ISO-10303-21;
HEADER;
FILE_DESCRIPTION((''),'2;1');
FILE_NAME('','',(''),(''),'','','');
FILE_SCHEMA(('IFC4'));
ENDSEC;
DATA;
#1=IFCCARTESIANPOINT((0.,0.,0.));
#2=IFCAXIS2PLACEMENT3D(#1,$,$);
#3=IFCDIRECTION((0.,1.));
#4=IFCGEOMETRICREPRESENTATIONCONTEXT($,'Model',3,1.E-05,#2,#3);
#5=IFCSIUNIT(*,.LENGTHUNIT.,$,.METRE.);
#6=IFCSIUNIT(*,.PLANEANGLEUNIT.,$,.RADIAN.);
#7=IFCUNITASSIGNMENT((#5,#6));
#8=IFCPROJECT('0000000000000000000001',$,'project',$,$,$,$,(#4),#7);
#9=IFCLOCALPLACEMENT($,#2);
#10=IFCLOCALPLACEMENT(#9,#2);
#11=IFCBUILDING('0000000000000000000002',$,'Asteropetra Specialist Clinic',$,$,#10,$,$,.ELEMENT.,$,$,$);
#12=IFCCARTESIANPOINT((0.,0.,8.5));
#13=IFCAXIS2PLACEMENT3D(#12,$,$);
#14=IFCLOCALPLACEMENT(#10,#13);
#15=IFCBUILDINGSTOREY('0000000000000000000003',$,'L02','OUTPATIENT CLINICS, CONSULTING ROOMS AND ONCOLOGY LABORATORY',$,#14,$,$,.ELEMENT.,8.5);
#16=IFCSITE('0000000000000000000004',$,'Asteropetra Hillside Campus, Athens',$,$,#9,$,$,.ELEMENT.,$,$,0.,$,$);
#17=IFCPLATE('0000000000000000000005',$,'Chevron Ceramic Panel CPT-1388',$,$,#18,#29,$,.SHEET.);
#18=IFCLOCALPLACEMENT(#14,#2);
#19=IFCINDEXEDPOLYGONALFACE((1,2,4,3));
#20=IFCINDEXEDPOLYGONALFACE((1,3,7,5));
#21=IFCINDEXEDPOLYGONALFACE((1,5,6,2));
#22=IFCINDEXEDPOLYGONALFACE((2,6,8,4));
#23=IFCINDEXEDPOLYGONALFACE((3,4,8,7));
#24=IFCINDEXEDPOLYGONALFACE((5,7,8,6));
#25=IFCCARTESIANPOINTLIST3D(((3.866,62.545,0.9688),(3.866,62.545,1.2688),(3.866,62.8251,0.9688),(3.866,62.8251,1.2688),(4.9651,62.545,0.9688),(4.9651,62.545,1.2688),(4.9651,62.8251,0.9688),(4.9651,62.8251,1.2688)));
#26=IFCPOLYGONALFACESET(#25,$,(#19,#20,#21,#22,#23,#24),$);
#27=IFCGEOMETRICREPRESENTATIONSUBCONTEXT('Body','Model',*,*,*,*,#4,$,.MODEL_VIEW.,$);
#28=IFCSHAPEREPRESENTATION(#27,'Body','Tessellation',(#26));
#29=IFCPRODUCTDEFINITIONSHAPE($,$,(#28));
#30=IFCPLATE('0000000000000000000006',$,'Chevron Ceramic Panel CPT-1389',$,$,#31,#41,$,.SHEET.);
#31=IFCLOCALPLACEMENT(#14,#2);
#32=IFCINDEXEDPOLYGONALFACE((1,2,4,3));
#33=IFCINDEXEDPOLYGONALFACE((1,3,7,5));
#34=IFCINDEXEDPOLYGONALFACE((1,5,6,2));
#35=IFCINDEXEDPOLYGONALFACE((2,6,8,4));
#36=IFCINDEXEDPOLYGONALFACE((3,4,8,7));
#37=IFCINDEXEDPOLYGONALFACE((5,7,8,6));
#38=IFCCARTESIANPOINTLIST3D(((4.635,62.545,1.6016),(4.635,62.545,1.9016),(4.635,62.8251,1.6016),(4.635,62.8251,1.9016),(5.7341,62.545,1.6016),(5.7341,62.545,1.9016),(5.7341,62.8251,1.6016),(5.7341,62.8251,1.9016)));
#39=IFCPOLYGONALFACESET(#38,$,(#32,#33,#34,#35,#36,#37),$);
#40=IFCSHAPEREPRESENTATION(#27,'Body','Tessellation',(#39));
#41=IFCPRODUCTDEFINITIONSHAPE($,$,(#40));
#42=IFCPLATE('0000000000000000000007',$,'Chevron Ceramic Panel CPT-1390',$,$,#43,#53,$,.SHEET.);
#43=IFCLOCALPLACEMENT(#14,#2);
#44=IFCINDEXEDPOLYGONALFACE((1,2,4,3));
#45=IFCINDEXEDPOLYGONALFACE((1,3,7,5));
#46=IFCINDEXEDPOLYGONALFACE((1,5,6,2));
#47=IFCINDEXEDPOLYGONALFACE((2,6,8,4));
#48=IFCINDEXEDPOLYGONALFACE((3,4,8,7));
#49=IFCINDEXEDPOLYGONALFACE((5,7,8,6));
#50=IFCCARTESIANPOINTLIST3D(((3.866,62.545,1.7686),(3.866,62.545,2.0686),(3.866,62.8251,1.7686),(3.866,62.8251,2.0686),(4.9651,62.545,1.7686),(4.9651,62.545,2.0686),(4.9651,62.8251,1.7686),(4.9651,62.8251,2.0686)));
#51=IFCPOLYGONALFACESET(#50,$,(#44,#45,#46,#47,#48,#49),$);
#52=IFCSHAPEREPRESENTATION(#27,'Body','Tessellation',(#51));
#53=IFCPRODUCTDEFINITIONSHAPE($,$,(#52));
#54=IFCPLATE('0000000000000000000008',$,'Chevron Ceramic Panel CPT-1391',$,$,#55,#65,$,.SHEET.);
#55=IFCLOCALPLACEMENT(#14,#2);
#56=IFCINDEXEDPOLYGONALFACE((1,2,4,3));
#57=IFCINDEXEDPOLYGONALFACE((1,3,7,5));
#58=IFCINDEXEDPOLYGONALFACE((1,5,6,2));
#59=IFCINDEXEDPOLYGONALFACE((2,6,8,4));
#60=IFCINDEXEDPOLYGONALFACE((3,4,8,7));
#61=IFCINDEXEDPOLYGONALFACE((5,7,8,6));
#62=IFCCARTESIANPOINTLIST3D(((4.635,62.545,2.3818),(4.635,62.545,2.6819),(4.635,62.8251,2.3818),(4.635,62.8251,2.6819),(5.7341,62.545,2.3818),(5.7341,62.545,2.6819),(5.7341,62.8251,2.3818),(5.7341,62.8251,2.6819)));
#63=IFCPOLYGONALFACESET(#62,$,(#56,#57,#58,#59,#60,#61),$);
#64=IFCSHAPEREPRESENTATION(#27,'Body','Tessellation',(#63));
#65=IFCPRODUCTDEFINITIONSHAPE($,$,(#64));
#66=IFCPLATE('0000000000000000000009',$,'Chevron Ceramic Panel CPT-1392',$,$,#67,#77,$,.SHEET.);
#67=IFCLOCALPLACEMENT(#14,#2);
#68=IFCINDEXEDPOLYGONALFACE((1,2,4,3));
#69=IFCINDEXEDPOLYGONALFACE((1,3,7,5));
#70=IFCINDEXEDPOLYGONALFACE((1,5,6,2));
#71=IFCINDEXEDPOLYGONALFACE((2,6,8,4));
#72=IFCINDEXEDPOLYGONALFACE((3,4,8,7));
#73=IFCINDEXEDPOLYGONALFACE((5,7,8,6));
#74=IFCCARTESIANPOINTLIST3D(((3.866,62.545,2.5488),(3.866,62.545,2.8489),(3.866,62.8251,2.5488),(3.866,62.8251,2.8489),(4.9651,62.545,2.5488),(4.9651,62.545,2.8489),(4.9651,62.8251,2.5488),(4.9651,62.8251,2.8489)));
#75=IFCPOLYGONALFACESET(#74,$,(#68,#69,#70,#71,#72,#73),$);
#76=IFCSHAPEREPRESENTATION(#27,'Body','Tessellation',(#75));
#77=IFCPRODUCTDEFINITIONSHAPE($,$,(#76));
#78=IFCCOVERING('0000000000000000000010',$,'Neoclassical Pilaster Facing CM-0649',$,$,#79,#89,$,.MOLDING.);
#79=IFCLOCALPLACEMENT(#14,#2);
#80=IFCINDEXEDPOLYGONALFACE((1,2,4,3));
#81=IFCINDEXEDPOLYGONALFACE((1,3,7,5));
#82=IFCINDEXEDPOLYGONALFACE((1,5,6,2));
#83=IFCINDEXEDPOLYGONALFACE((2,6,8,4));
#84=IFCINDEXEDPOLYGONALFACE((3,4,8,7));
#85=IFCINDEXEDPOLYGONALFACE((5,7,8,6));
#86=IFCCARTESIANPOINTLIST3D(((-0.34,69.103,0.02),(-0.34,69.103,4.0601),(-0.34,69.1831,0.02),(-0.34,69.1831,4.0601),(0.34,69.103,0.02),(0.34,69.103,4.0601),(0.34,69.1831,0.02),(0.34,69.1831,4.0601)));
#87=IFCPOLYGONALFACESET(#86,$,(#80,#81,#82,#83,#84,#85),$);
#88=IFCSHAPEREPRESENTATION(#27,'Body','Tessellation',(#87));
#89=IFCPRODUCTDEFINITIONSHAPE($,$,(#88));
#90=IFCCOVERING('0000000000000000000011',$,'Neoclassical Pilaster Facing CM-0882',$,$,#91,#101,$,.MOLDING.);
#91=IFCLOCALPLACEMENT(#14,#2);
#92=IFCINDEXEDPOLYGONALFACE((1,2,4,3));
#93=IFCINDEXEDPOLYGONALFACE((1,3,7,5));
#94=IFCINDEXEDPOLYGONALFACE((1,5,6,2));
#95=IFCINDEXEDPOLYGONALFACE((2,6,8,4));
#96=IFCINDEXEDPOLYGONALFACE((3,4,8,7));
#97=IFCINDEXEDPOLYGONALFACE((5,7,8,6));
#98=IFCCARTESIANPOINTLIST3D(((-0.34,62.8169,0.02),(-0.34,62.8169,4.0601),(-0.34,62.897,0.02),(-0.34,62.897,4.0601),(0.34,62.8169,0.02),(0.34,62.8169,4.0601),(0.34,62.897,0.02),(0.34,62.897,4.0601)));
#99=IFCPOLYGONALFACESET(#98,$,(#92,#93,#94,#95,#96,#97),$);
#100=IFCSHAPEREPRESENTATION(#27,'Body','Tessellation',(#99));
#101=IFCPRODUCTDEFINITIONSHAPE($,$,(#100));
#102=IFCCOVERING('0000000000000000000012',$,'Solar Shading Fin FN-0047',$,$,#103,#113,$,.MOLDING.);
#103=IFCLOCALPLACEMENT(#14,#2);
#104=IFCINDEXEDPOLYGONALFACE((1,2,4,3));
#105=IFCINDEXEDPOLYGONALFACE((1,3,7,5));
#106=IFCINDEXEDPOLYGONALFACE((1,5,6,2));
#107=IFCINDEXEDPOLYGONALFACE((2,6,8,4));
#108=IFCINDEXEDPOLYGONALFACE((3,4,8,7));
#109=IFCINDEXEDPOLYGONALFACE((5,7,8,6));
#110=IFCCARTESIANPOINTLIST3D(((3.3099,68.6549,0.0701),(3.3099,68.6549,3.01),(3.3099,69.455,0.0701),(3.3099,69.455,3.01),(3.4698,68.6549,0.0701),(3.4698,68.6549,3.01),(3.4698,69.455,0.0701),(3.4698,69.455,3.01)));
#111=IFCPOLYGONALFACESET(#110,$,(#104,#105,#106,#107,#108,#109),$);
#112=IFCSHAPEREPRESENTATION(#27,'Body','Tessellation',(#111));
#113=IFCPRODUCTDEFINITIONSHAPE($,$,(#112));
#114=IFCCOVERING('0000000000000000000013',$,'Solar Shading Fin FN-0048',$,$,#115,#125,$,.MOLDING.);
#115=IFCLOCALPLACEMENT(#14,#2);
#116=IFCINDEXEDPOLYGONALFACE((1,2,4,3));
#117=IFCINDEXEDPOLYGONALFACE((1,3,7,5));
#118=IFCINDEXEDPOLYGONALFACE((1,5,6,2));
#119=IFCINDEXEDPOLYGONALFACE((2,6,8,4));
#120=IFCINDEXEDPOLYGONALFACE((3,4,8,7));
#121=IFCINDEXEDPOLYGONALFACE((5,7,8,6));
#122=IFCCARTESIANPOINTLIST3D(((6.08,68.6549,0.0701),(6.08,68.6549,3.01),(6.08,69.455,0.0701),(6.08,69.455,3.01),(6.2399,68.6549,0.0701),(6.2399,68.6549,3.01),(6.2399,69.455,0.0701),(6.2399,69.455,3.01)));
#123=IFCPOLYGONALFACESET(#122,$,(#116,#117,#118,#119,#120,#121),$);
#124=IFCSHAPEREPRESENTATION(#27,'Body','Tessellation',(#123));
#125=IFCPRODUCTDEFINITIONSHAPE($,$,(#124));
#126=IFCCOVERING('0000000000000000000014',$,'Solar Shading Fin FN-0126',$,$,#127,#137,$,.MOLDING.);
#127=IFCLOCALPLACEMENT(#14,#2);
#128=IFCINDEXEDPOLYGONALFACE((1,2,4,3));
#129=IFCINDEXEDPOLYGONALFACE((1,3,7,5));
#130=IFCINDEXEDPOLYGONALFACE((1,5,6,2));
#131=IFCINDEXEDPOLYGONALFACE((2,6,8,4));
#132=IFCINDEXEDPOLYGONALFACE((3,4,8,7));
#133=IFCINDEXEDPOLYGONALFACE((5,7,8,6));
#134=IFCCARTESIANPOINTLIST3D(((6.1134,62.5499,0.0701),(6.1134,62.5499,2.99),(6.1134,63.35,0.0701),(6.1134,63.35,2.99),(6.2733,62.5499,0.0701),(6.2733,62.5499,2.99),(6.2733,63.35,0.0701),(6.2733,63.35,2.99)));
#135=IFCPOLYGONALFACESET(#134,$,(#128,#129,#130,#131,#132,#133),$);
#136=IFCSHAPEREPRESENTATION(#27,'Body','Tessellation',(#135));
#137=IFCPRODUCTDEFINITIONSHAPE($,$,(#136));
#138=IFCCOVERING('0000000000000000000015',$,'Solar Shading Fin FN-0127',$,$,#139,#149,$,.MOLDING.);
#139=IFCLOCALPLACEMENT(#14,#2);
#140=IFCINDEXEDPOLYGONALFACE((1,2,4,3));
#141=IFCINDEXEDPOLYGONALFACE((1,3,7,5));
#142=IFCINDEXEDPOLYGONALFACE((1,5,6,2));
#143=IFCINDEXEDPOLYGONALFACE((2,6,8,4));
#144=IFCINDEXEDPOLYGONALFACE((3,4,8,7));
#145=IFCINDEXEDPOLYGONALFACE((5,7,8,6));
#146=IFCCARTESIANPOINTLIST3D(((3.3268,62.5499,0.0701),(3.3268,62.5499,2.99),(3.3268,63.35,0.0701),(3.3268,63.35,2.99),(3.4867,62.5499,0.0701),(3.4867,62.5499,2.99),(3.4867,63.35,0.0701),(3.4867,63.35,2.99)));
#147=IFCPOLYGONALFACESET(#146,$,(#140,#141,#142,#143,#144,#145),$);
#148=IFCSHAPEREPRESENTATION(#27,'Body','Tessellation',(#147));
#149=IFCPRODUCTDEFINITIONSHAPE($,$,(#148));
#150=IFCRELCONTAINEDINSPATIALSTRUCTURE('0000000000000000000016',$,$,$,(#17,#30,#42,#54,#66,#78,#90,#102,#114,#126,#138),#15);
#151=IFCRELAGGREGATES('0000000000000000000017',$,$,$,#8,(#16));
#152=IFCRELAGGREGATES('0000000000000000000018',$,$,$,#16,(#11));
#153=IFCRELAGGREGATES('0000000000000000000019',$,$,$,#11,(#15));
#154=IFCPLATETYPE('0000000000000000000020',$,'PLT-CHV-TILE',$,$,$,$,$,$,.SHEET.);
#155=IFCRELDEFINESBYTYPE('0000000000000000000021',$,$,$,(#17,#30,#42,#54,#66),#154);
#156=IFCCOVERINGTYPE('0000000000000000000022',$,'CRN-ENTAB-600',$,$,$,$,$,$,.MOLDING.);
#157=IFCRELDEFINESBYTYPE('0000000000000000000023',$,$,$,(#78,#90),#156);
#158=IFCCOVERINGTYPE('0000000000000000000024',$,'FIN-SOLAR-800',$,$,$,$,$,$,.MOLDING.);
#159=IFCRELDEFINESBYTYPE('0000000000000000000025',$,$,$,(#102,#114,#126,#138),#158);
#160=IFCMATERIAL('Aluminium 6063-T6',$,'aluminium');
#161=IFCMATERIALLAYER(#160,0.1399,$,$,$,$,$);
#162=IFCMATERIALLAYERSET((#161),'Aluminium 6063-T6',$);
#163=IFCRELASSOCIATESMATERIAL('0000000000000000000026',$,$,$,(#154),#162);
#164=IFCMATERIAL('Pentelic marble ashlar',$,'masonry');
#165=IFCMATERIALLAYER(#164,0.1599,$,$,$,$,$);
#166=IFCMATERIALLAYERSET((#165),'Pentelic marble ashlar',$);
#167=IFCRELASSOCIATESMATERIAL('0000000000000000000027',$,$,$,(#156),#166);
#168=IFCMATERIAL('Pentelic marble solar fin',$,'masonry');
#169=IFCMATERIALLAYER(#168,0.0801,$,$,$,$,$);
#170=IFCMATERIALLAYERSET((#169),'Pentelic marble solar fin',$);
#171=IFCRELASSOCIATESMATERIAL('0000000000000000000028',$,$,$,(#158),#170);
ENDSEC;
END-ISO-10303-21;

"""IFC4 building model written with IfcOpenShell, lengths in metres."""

from ifc_helpers import new_model, si_unit, direction, frame, origin, origin_2d, place, context, subcontext, project, spatial, rectangle, extrude, material, layer, layer_set, type_object, element, save


model = new_model("IFC4")

# Units and contexts
model_context = context("Model", 3, precision=1e-05, world=origin(), true_north=direction((0.0, 1.0)))
body_context = subcontext(model_context, "Body", "Model", "MODEL_VIEW")
ifc_project = project(units=[si_unit("LENGTHUNIT", "METRE"), si_unit("PLANEANGLEUNIT", "RADIAN")], contexts=[model_context])

# Site, building, storey
site_placement = place(None, origin())
site = spatial("IfcSite", under=ifc_project, at=site_placement, Name="Asteropetra Hillside Campus, Athens", CompositionType="ELEMENT", RefElevation=0.0)
building_placement = place(site_placement, origin())
building = spatial("IfcBuilding", under=site, at=building_placement, Name="Asteropetra Specialist Clinic", CompositionType="ELEMENT")
storey_placement = place(building_placement, frame((0.0, 0.0, 8.5)))
storey = spatial("IfcBuildingStorey", under=building, at=storey_placement, Name="L02", Description="OUTPATIENT CLINICS, CONSULTING ROOMS AND ONCOLOGY LABORATORY", CompositionType="ELEMENT", Elevation=8.5)

# Plates
ifc_material_1 = material(Name="Aluminium 6063-T6", Category="aluminium")
ifc_layer_1 = layer(ifc_material_1, 0.1399)
ifc_layer_set_1 = layer_set([ifc_layer_1], Name="Aluminium 6063-T6")
plate_type = type_object("IfcPlateType", Name="PLT-CHV-TILE", PredefinedType="SHEET", material=ifc_layer_set_1)
for number, where, z_axis, x_axis, name in (
    (1, (4.4155, 62.6851, 0.9688), (0.0, 0.0, 1.0), (1.0, 0.0, 0.0), "Chevron Ceramic Panel CPT-1388"),
    (2, (5.1846, 62.6851, 1.6016), (0.0, 0.0, 1.0), (1.0, 0.0, 0.0), "Chevron Ceramic Panel CPT-1389"),
    (3, (4.4155, 62.6851, 1.7686), (0.0, 0.0, 1.0), (1.0, 0.0, 0.0), "Chevron Ceramic Panel CPT-1390"),
    (4, (5.1846, 62.6851, 2.3818), (0.0, 0.0, 1.0), (1.0, 0.0, 0.0), "Chevron Ceramic Panel CPT-1391"),
    (5, (4.4155, 62.6851, 2.5488), (0.0, 0.0, 1.0), (1.0, 0.0, 0.0), "Chevron Ceramic Panel CPT-1392"),
):
    element("IfcPlate", number, at=place(storey_placement, frame(where, z_axis=z_axis, x_axis=x_axis)), inside=storey, type_object=plate_type, Name=name, PredefinedType="SHEET", context=body_context, shape_type="SweptSolid", body=[
        extrude(rectangle(XDim=1.0991, YDim=0.28, at=origin_2d()), origin(), (0.0, 0.0, 1.0), 0.3),
    ])

# Coverings
ifc_material_2 = material(Name="Pentelic marble ashlar", Category="masonry")
ifc_layer_2 = layer(ifc_material_2, 0.1599)
ifc_layer_set_2 = layer_set([ifc_layer_2], Name="Pentelic marble ashlar")
covering_type_1 = type_object("IfcCoveringType", Name="CRN-ENTAB-600", PredefinedType="MOLDING", material=ifc_layer_set_2)
for number, where, z_axis, x_axis, name in (
    (6, (0.0, 69.1431, 0.02), (0.0, 0.0, 1.0), (1.0, 0.0, 0.0), "Neoclassical Pilaster Facing CM-0649"),
    (7, (0.0, 62.8569, 0.02), (0.0, 0.0, 1.0), (1.0, 0.0, 0.0), "Neoclassical Pilaster Facing CM-0882"),
):
    element("IfcCovering", number, at=place(storey_placement, frame(where, z_axis=z_axis, x_axis=x_axis)), inside=storey, type_object=covering_type_1, Name=name, PredefinedType="MOLDING", context=body_context, shape_type="SweptSolid", body=[
        extrude(rectangle(XDim=0.6799, YDim=0.0801, at=origin_2d()), origin(), (0.0, 0.0, 1.0), 4.04),
    ])
ifc_material_3 = material(Name="Pentelic marble solar fin", Category="masonry")
ifc_layer_3 = layer(ifc_material_3, 0.0801)
ifc_layer_set_3 = layer_set([ifc_layer_3], Name="Pentelic marble solar fin")
covering_type_2 = type_object("IfcCoveringType", Name="FIN-SOLAR-800", PredefinedType="MOLDING", material=ifc_layer_set_3)
for number, where, z_axis, x_axis, name in (
    (8, (3.3899, 69.0549, 0.0701), (0.0, 0.0, 1.0), (1.0, 0.0, 0.0), "Solar Shading Fin FN-0047"),
    (9, (6.1599, 69.0549, 0.0701), (0.0, 0.0, 1.0), (1.0, 0.0, 0.0), "Solar Shading Fin FN-0048"),
):
    element("IfcCovering", number, at=place(storey_placement, frame(where, z_axis=z_axis, x_axis=x_axis)), inside=storey, type_object=covering_type_2, Name=name, PredefinedType="MOLDING", context=body_context, shape_type="SweptSolid", body=[
        extrude(rectangle(XDim=0.1599, YDim=0.8, at=origin_2d()), origin(), (0.0, 0.0, 1.0), 2.9399),
    ])
for number, where, z_axis, x_axis, name in (
    (10, (6.1934, 62.95, 0.0701), (0.0, 0.0, 1.0), (1.0, 0.0, 0.0), "Solar Shading Fin FN-0126"),
    (11, (3.4067, 62.95, 0.0701), (0.0, 0.0, 1.0), (1.0, 0.0, 0.0), "Solar Shading Fin FN-0127"),
):
    element("IfcCovering", number, at=place(storey_placement, frame(where, z_axis=z_axis, x_axis=x_axis)), inside=storey, type_object=covering_type_2, Name=name, PredefinedType="MOLDING", context=body_context, shape_type="SweptSolid", body=[
        extrude(rectangle(XDim=0.1599, YDim=0.8, at=origin_2d()), origin(), (0.0, 0.0, 1.0), 2.9199),
    ])

save(model, "model.ifc")
